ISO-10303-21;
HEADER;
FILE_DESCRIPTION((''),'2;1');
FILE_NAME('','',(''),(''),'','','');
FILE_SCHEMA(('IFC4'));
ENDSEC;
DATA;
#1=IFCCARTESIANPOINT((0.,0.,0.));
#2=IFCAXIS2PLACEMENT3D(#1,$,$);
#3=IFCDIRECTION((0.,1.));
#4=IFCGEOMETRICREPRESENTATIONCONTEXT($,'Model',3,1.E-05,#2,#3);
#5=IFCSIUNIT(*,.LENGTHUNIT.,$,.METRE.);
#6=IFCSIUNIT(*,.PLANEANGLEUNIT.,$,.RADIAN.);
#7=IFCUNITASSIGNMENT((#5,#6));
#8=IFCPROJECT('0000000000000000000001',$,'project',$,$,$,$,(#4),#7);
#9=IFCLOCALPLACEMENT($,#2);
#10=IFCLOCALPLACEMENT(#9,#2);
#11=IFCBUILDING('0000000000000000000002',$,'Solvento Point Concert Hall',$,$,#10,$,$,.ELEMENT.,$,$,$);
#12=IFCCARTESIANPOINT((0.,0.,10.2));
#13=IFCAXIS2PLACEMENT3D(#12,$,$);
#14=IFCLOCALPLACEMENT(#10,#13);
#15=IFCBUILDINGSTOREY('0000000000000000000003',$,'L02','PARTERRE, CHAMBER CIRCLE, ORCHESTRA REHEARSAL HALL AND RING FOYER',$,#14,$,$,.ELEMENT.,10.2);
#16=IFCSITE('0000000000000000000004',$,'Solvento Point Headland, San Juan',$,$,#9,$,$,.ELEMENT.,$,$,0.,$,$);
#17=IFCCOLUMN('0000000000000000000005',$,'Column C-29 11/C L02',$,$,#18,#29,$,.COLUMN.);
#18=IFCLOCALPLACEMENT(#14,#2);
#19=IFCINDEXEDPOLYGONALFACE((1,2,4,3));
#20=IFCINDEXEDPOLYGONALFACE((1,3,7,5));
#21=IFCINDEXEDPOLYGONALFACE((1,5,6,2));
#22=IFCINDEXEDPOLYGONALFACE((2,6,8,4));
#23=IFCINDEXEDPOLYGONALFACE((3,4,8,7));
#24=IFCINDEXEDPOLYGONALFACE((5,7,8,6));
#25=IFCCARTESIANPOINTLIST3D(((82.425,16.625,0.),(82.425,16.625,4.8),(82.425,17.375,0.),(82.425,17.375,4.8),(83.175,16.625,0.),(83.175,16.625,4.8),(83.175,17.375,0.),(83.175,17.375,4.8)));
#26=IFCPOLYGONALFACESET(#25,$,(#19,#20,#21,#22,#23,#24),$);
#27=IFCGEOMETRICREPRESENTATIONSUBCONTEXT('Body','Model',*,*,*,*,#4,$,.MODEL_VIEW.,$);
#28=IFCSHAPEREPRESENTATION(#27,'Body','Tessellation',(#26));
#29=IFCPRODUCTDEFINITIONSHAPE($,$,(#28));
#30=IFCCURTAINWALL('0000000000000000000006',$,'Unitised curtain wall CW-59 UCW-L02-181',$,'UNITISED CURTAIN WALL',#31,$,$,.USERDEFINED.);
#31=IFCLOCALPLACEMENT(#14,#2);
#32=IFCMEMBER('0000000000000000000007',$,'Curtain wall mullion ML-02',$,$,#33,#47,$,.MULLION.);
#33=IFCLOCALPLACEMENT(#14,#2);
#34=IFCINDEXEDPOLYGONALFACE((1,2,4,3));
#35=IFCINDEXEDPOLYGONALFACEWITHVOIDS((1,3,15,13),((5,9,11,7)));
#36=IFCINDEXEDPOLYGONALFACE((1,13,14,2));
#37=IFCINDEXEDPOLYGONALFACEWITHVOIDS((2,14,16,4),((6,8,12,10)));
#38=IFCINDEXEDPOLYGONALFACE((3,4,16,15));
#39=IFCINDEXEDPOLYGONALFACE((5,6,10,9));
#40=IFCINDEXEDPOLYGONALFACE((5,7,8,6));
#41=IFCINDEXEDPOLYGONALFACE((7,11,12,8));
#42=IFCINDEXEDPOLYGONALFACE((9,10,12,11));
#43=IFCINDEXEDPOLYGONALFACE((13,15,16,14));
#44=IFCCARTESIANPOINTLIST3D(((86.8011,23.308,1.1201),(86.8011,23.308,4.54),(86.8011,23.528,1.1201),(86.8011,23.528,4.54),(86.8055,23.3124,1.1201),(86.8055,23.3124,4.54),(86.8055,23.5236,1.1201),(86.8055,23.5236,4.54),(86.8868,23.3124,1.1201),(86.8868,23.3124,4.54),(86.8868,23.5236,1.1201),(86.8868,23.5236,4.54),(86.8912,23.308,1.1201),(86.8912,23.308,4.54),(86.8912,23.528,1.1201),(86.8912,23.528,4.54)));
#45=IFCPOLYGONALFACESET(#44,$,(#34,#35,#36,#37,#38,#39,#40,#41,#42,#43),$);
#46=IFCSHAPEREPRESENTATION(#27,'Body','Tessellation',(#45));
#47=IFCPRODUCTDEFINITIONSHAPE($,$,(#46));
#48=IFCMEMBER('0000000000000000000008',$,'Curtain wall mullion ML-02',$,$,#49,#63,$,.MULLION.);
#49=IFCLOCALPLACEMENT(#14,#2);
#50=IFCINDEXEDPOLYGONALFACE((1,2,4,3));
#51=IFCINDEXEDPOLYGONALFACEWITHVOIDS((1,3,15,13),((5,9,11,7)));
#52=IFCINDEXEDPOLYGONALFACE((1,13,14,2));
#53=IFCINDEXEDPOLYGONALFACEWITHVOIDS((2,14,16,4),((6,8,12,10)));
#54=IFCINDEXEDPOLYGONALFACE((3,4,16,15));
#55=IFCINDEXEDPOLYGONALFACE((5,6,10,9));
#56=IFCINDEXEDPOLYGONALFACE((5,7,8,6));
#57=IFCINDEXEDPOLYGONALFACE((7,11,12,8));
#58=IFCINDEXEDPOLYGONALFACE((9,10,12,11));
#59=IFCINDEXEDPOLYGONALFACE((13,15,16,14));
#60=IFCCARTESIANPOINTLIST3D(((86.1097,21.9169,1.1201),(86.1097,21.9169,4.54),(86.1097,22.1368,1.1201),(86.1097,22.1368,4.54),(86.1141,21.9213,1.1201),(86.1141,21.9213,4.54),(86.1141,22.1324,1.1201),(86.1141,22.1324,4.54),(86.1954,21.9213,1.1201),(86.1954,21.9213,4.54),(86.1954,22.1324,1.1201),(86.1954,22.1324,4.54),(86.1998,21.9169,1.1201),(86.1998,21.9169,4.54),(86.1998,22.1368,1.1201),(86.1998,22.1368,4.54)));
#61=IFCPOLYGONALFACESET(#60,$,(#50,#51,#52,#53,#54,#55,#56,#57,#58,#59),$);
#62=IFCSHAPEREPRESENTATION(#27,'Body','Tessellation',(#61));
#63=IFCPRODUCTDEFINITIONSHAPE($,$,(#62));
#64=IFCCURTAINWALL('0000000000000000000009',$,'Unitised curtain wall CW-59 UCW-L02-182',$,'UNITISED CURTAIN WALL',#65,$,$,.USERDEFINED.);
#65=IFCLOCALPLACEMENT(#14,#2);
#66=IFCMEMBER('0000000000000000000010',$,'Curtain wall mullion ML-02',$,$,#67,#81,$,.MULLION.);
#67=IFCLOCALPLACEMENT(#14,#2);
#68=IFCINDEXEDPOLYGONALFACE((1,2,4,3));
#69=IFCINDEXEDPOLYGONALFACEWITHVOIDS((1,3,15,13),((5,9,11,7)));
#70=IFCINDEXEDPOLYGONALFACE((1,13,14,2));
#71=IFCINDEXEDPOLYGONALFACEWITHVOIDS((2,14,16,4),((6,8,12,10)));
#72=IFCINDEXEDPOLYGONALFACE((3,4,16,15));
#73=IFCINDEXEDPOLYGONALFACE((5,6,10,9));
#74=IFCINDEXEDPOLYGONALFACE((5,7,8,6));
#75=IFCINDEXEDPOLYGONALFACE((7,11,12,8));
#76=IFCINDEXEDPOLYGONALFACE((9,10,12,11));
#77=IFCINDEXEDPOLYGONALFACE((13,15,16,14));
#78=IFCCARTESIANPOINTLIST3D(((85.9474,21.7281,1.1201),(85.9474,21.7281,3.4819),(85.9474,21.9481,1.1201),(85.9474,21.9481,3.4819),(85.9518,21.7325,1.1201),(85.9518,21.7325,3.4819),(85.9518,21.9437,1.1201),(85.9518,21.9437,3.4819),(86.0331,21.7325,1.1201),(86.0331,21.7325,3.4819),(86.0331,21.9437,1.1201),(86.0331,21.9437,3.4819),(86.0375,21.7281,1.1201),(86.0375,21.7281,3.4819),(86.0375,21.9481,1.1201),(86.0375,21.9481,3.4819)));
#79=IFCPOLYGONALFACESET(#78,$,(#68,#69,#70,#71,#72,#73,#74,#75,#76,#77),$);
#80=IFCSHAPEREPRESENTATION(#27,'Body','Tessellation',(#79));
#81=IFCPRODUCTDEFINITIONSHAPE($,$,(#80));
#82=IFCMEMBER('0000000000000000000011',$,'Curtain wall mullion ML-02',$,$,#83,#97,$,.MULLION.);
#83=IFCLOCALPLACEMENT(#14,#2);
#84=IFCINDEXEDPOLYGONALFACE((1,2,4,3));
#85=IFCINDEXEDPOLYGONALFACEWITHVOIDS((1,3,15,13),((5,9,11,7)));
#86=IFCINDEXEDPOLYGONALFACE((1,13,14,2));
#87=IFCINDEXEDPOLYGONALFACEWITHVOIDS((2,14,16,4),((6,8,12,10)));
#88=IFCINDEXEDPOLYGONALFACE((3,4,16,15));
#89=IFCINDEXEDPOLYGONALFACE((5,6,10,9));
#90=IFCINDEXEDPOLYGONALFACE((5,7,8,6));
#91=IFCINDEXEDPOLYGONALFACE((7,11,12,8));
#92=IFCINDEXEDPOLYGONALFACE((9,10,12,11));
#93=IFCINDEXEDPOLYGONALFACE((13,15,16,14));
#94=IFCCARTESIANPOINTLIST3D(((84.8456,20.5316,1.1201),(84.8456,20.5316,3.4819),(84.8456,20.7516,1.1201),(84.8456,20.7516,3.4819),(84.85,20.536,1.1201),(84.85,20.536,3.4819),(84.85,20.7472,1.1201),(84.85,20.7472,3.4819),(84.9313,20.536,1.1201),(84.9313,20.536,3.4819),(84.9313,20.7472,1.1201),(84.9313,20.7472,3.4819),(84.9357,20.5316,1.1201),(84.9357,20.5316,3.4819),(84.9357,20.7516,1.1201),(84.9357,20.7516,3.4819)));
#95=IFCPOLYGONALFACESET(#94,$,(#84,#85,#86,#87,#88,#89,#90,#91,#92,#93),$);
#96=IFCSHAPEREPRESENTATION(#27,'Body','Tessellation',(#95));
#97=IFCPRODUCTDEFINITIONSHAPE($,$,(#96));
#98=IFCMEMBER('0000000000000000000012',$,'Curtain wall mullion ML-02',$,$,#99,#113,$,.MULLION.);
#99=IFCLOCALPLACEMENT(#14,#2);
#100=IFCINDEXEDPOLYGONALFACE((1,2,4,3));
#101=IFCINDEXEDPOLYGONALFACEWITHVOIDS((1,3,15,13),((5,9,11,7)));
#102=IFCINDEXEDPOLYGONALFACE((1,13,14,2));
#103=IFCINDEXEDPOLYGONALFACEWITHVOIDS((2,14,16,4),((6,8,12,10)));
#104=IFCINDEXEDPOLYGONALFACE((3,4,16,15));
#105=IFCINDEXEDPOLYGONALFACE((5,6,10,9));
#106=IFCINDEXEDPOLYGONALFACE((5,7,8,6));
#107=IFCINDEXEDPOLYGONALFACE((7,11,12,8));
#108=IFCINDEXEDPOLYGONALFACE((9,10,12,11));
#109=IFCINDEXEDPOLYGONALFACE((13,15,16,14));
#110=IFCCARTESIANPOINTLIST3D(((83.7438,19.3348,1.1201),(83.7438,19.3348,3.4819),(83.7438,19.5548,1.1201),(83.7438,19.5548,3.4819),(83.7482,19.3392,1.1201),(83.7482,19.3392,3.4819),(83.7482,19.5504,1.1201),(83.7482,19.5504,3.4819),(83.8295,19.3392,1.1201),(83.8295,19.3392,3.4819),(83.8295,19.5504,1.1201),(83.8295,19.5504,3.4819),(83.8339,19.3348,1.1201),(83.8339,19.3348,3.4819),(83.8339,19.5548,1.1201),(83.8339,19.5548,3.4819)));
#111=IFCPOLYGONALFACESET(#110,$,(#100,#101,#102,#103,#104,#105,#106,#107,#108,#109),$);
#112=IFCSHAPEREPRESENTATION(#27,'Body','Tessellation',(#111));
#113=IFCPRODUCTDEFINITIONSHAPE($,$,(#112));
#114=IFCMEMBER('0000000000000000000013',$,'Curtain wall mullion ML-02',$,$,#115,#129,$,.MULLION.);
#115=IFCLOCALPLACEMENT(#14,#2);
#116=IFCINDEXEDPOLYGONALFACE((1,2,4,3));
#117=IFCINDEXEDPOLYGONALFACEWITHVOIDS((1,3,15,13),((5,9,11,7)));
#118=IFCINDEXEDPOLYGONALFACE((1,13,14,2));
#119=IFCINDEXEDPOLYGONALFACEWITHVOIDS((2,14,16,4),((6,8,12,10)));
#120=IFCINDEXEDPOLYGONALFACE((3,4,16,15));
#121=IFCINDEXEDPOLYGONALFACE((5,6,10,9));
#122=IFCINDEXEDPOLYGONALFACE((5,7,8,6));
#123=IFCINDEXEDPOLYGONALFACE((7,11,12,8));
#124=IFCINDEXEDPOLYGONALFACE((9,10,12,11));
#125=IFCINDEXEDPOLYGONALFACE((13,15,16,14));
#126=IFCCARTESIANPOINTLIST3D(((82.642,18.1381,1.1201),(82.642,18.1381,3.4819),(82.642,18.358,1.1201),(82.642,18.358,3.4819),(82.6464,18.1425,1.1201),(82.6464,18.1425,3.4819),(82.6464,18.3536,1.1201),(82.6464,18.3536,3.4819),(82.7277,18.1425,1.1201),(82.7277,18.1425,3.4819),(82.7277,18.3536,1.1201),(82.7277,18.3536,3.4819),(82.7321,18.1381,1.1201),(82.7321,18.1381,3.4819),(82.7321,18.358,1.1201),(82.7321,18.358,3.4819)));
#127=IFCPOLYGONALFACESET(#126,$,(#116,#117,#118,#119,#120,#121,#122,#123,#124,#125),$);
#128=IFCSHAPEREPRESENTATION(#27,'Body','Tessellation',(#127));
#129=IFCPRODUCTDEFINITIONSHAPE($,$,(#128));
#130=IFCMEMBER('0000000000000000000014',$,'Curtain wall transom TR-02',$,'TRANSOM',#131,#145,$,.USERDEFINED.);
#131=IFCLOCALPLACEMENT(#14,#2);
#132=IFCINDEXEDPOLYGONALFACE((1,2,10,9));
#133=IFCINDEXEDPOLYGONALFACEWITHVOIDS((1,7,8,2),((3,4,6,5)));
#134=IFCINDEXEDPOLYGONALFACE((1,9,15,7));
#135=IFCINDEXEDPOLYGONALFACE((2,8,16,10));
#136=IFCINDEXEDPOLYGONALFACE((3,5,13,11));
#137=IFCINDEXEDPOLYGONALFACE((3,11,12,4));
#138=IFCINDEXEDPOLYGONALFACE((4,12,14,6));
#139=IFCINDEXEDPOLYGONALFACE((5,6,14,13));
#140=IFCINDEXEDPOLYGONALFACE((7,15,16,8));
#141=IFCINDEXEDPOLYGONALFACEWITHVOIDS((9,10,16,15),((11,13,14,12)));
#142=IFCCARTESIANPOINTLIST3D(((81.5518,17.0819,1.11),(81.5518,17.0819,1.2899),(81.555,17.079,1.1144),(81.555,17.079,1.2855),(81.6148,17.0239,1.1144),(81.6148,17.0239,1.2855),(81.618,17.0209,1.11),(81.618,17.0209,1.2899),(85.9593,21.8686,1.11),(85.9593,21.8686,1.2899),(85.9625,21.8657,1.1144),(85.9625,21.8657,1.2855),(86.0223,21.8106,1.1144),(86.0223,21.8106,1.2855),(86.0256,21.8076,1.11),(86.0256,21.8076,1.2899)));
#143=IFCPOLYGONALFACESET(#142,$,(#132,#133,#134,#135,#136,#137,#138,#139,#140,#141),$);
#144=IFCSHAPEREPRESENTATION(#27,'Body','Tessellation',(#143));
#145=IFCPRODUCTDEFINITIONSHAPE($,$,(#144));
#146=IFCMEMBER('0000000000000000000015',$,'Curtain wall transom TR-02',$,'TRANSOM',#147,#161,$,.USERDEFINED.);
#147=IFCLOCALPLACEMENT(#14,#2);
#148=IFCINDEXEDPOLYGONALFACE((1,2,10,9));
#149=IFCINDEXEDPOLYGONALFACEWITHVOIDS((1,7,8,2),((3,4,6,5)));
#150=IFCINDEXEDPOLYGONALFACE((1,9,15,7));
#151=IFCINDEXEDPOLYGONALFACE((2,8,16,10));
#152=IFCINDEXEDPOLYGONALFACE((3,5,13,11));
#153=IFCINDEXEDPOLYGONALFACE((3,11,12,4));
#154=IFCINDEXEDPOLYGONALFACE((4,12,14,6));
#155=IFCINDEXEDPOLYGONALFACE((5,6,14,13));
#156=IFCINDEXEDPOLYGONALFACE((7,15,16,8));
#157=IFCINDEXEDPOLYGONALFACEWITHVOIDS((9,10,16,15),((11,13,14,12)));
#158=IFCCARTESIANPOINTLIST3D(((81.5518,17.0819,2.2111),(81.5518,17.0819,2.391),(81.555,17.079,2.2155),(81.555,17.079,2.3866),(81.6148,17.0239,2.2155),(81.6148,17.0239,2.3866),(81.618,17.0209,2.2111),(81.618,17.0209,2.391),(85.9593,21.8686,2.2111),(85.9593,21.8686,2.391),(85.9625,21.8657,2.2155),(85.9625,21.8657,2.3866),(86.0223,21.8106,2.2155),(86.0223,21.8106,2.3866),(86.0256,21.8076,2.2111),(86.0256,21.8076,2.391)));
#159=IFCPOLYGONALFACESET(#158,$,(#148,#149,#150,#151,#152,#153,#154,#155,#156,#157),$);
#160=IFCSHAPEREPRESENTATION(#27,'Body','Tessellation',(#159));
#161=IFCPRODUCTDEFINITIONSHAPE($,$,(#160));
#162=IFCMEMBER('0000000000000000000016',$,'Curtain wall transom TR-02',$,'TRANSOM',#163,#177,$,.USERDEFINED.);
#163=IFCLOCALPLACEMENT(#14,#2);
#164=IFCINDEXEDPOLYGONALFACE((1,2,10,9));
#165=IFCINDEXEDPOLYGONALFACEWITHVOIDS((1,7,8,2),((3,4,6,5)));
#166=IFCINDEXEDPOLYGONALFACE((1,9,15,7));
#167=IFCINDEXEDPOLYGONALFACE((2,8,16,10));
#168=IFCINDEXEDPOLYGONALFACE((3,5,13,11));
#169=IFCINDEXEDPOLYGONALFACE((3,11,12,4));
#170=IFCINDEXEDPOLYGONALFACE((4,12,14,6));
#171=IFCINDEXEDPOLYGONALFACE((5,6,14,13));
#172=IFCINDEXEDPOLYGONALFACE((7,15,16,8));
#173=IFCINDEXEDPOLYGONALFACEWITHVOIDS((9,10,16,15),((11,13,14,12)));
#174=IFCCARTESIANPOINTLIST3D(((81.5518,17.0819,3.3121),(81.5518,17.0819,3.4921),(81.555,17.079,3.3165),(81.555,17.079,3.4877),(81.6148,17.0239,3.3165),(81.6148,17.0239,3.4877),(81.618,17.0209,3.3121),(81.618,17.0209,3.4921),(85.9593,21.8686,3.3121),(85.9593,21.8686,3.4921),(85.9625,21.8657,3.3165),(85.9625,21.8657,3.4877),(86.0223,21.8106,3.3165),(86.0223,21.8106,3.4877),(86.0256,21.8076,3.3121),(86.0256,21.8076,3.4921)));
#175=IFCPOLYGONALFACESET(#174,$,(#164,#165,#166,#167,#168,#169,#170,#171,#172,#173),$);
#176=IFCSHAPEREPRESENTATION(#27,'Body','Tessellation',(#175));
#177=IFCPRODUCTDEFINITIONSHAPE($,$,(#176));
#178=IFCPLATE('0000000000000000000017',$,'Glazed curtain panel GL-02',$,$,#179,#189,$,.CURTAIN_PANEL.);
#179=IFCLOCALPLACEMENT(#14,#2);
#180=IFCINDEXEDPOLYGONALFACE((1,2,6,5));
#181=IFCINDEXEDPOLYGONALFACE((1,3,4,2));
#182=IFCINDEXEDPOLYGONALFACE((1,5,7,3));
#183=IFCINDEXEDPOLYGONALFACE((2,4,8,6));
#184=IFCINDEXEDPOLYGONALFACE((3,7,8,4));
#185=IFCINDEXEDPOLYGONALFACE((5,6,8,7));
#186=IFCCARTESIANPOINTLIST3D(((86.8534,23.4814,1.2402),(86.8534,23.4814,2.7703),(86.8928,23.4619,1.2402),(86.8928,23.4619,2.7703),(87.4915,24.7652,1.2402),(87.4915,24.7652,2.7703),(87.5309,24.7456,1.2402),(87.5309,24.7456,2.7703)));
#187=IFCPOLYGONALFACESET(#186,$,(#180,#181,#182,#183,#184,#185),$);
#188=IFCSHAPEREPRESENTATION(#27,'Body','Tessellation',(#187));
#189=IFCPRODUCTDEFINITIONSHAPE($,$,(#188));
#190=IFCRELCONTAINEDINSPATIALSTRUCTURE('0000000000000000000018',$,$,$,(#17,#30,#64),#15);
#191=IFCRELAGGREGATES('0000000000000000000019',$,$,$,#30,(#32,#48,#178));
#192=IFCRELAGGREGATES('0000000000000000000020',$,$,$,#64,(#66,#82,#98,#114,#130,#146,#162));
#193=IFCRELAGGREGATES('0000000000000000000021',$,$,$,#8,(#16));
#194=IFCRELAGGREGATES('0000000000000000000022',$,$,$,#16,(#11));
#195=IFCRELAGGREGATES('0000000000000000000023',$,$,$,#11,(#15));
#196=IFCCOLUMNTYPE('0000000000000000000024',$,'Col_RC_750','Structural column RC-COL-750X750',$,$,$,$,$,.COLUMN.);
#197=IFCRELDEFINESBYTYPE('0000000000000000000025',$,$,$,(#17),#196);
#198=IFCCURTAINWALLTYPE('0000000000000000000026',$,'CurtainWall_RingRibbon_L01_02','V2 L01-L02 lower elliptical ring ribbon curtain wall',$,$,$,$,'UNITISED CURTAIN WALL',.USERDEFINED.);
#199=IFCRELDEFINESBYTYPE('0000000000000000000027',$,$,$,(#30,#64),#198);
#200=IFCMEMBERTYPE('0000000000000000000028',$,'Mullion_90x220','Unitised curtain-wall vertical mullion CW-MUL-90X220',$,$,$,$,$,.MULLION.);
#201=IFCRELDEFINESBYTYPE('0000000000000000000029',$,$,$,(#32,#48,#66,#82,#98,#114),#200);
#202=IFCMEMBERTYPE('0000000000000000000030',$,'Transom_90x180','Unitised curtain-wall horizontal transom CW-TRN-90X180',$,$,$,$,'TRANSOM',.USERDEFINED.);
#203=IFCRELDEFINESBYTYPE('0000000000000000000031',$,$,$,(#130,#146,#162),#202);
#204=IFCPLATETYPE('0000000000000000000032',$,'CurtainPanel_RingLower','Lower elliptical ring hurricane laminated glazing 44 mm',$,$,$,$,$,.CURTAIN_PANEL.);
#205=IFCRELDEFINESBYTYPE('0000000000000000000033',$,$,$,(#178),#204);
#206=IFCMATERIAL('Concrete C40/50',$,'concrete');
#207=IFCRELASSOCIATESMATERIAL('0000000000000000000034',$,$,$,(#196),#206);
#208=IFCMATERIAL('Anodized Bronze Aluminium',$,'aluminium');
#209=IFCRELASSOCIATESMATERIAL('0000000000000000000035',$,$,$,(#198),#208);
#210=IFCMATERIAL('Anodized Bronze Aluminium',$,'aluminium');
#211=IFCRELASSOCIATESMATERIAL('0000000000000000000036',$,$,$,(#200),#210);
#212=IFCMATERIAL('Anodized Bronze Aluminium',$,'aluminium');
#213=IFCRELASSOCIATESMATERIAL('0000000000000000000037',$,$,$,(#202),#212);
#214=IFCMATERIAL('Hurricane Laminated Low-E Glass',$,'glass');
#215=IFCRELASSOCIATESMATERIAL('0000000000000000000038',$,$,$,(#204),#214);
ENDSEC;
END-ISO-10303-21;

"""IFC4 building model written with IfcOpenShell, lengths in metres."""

from ifc_helpers import new_model, si_unit, direction, frame, origin, origin_2d, place, context, subcontext, project, spatial, rectangle, hollow_rectangle, extrude, material, material_profile, profile_set, type_object, element, aggregate, save


model = new_model("IFC4")

# Units and contexts
model_context = context("Model", 3, precision=1e-05, world=origin(), true_north=direction((0.0, 1.0)))
body_context = subcontext(model_context, "Body", "Model", "MODEL_VIEW")
ifc_project = project(units=[si_unit("LENGTHUNIT", "METRE"), si_unit("PLANEANGLEUNIT", "RADIAN")], contexts=[model_context])

# Site, building, storey
site_placement = place(None, origin())
site = spatial("IfcSite", under=ifc_project, at=site_placement, Name="Solvento Point Headland, San Juan", CompositionType="ELEMENT", RefElevation=0.0)
building_placement = place(site_placement, origin())
building = spatial("IfcBuilding", under=site, at=building_placement, Name="Solvento Point Concert Hall", CompositionType="ELEMENT")
storey_placement = place(building_placement, frame((0.0, 0.0, 10.2)))
storey = spatial("IfcBuildingStorey", under=building, at=storey_placement, Name="L02", Description="PARTERRE, CHAMBER CIRCLE, ORCHESTRA REHEARSAL HALL AND RING FOYER", CompositionType="ELEMENT", Elevation=10.2)

# Column
ifc_material_1 = material(Name="Concrete C40/50", Category="concrete")
ifc_material_profile_1 = material_profile(ifc_material_1, rectangle(XDim=0.75, YDim=0.75, at=origin_2d()), Name="RC-COL-750X750")
ifc_profile_set_1 = profile_set([ifc_material_profile_1], Name="Concrete C40/50")
column_type = type_object("IfcColumnType", Name="Col_RC_750", Description="Structural column RC-COL-750X750", PredefinedType="COLUMN", material=ifc_profile_set_1)
column_placement = place(storey_placement, frame((82.8, 17.0, 0.0), z_axis=(0.0, 0.0, 1.0), x_axis=(1.0, 0.0, 0.0)))
element("IfcColumn", 1, at=column_placement, inside=storey, type_object=column_type, Name="Column C-29 11/C L02", PredefinedType="COLUMN", context=body_context, shape_type="SweptSolid", body=[
    extrude(rectangle(XDim=0.75, YDim=0.75, at=origin_2d()), origin(), (0.0, 0.0, 1.0), 4.8),
])

# Curtain walls, members
ifc_material_2 = material(Name="Anodized Bronze Aluminium", Category="aluminium")
curtain_wall_type = type_object("IfcCurtainWallType", Name="CurtainWall_RingRibbon_L01_02", Description="V2 L01-L02 lower elliptical ring ribbon curtain wall", ElementType="UNITISED CURTAIN WALL", PredefinedType="USERDEFINED", material=ifc_material_2)
curtain_wall_1_placement = place(storey_placement, origin())
curtain_wall_1 = element("IfcCurtainWall", 2, at=curtain_wall_1_placement, inside=storey, type_object=curtain_wall_type, Name="Unitised curtain wall CW-59 UCW-L02-181", ObjectType="UNITISED CURTAIN WALL", PredefinedType="USERDEFINED")
ifc_material_3 = material(Name="Anodized Bronze Aluminium", Category="aluminium")
ifc_material_profile_2 = material_profile(ifc_material_3, hollow_rectangle(XDim=0.0901, YDim=0.22, WallThickness=0.0044, at=origin_2d()), Name="CW-MUL-90X220")
ifc_profile_set_2 = profile_set([ifc_material_profile_2], Name="Anodized Bronze Aluminium")
member_type_1 = type_object("IfcMemberType", Name="Mullion_90x220", Description="Unitised curtain-wall vertical mullion CW-MUL-90X220", PredefinedType="MULLION", material=ifc_profile_set_2)
member_1_placement = place(storey_placement, frame((86.8462, 23.418, 1.1201), z_axis=(0.0, 0.0, 1.0), x_axis=(1.0, 0.0, 0.0)))
member_1 = element("IfcMember", 3, at=member_1_placement, type_object=member_type_1, Name="Curtain wall mullion ML-02", PredefinedType="MULLION", context=body_context, shape_type="SweptSolid", body=[
    extrude(hollow_rectangle(XDim=0.0901, YDim=0.22, WallThickness=0.0044, at=origin_2d()), origin(), (0.0, 0.0, 1.0), 3.4199),
])
member_2_placement = place(storey_placement, frame((86.1548, 22.0269, 1.1201), z_axis=(0.0, 0.0, 1.0), x_axis=(1.0, 0.0, 0.0)))
member_2 = element("IfcMember", 4, at=member_2_placement, type_object=member_type_1, Name="Curtain wall mullion ML-02", PredefinedType="MULLION", context=body_context, shape_type="SweptSolid", body=[
    extrude(hollow_rectangle(XDim=0.0901, YDim=0.22, WallThickness=0.0044, at=origin_2d()), origin(), (0.0, 0.0, 1.0), 3.4199),
])
curtain_wall_2_placement = place(storey_placement, origin())
curtain_wall_2 = element("IfcCurtainWall", 5, at=curtain_wall_2_placement, inside=storey, type_object=curtain_wall_type, Name="Unitised curtain wall CW-59 UCW-L02-182", ObjectType="UNITISED CURTAIN WALL", PredefinedType="USERDEFINED")
member_3_placement = place(storey_placement, frame((85.9924, 21.8381, 1.1201), z_axis=(0.0, 0.0, 1.0), x_axis=(1.0, 0.0, 0.0)))
member_3 = element("IfcMember", 6, at=member_3_placement, type_object=member_type_1, Name="Curtain wall mullion ML-02", PredefinedType="MULLION", context=body_context, shape_type="SweptSolid", body=[
    extrude(hollow_rectangle(XDim=0.0901, YDim=0.22, WallThickness=0.0044, at=origin_2d()), origin(), (0.0, 0.0, 1.0), 2.3618),
])
member_4_placement = place(storey_placement, frame((84.8906, 20.6416, 1.1201), z_axis=(0.0, 0.0, 1.0), x_axis=(1.0, 0.0, 0.0)))
member_4 = element("IfcMember", 7, at=member_4_placement, type_object=member_type_1, Name="Curtain wall mullion ML-02", PredefinedType="MULLION", context=body_context, shape_type="SweptSolid", body=[
    extrude(hollow_rectangle(XDim=0.0901, YDim=0.22, WallThickness=0.0044, at=origin_2d()), origin(), (0.0, 0.0, 1.0), 2.3618),
])
member_5_placement = place(storey_placement, frame((83.7888, 19.4448, 1.1201), z_axis=(0.0, 0.0, 1.0), x_axis=(1.0, 0.0, 0.0)))
member_5 = element("IfcMember", 8, at=member_5_placement, type_object=member_type_1, Name="Curtain wall mullion ML-02", PredefinedType="MULLION", context=body_context, shape_type="SweptSolid", body=[
    extrude(hollow_rectangle(XDim=0.0901, YDim=0.22, WallThickness=0.0044, at=origin_2d()), origin(), (0.0, 0.0, 1.0), 2.3618),
])
member_6_placement = place(storey_placement, frame((82.687, 18.248, 1.1201), z_axis=(0.0, 0.0, 1.0), x_axis=(1.0, 0.0, 0.0)))
member_6 = element("IfcMember", 9, at=member_6_placement, type_object=member_type_1, Name="Curtain wall mullion ML-02", PredefinedType="MULLION", context=body_context, shape_type="SweptSolid", body=[
    extrude(hollow_rectangle(XDim=0.0901, YDim=0.22, WallThickness=0.0044, at=origin_2d()), origin(), (0.0, 0.0, 1.0), 2.3618),
])
ifc_material_4 = material(Name="Anodized Bronze Aluminium", Category="aluminium")
ifc_material_profile_3 = material_profile(ifc_material_4, hollow_rectangle(XDim=0.0901, YDim=0.1799, WallThickness=0.0044, at=origin_2d()), Name="CW-TRN-90X180")
ifc_profile_set_3 = profile_set([ifc_material_profile_3], Name="Anodized Bronze Aluminium")
member_type_2 = type_object("IfcMemberType", Name="Transom_90x180", Description="Unitised curtain-wall horizontal transom CW-TRN-90X180", ElementType="TRANSOM", PredefinedType="USERDEFINED", material=ifc_profile_set_3)
member_7_placement = place(storey_placement, frame((85.9924, 21.8381, 1.2), z_axis=(-0.677371, -0.735642, 0.0), x_axis=(0.735642, -0.677371, 0.0)))
member_7 = element("IfcMember", 10, at=member_7_placement, type_object=member_type_2, Name="Curtain wall transom TR-02", ObjectType="TRANSOM", PredefinedType="USERDEFINED", context=body_context, shape_type="SweptSolid", body=[
    extrude(hollow_rectangle(XDim=0.0901, YDim=0.1799, WallThickness=0.0044, at=origin_2d()), origin(), (0.0, 0.0, 1.0), 6.5068),
])
member_8_placement = place(storey_placement, frame((85.9924, 21.8381, 2.301), z_axis=(-0.677371, -0.735642, 0.0), x_axis=(0.735642, -0.677371, 0.0)))
member_8 = element("IfcMember", 11, at=member_8_placement, type_object=member_type_2, Name="Curtain wall transom TR-02", ObjectType="TRANSOM", PredefinedType="USERDEFINED", context=body_context, shape_type="SweptSolid", body=[
    extrude(hollow_rectangle(XDim=0.0901, YDim=0.1799, WallThickness=0.0044, at=origin_2d()), origin(), (0.0, 0.0, 1.0), 6.5068),
])
member_9_placement = place(storey_placement, frame((85.9924, 21.8381, 3.4021), z_axis=(-0.677371, -0.735642, 0.0), x_axis=(0.735642, -0.677371, 0.0)))
member_9 = element("IfcMember", 12, at=member_9_placement, type_object=member_type_2, Name="Curtain wall transom TR-02", ObjectType="TRANSOM", PredefinedType="USERDEFINED", context=body_context, shape_type="SweptSolid", body=[
    extrude(hollow_rectangle(XDim=0.0901, YDim=0.1799, WallThickness=0.0044, at=origin_2d()), origin(), (0.0, 0.0, 1.0), 6.5068),
])

# Plate
ifc_material_5 = material(Name="Hurricane Laminated Low-E Glass", Category="glass")
plate_type = type_object("IfcPlateType", Name="CurtainPanel_RingLower", Description="Lower elliptical ring hurricane laminated glazing 44 mm", PredefinedType="CURTAIN_PANEL", material=ifc_material_5)
plate_1_placement = place(storey_placement, frame((87.1921, 24.1135, 1.2402), z_axis=(0.0, 0.0, 1.0), x_axis=(-0.445115, -0.895473, 0.0)))
plate_1 = element("IfcPlate", 13, at=plate_1_placement, type_object=plate_type, Name="Glazed curtain panel GL-02", PredefinedType="CURTAIN_PANEL", context=body_context, shape_type="SweptSolid", body=[
    extrude(rectangle(XDim=1.4336, YDim=0.0439, at=origin_2d()), origin(), (0.0, 0.0, 1.0), 1.53),
])
aggregate(curtain_wall_1, [member_1, member_2, plate_1])
aggregate(curtain_wall_2, [member_3, member_4, member_5, member_6, member_7, member_8, member_9])

save(model, "model.ifc")
